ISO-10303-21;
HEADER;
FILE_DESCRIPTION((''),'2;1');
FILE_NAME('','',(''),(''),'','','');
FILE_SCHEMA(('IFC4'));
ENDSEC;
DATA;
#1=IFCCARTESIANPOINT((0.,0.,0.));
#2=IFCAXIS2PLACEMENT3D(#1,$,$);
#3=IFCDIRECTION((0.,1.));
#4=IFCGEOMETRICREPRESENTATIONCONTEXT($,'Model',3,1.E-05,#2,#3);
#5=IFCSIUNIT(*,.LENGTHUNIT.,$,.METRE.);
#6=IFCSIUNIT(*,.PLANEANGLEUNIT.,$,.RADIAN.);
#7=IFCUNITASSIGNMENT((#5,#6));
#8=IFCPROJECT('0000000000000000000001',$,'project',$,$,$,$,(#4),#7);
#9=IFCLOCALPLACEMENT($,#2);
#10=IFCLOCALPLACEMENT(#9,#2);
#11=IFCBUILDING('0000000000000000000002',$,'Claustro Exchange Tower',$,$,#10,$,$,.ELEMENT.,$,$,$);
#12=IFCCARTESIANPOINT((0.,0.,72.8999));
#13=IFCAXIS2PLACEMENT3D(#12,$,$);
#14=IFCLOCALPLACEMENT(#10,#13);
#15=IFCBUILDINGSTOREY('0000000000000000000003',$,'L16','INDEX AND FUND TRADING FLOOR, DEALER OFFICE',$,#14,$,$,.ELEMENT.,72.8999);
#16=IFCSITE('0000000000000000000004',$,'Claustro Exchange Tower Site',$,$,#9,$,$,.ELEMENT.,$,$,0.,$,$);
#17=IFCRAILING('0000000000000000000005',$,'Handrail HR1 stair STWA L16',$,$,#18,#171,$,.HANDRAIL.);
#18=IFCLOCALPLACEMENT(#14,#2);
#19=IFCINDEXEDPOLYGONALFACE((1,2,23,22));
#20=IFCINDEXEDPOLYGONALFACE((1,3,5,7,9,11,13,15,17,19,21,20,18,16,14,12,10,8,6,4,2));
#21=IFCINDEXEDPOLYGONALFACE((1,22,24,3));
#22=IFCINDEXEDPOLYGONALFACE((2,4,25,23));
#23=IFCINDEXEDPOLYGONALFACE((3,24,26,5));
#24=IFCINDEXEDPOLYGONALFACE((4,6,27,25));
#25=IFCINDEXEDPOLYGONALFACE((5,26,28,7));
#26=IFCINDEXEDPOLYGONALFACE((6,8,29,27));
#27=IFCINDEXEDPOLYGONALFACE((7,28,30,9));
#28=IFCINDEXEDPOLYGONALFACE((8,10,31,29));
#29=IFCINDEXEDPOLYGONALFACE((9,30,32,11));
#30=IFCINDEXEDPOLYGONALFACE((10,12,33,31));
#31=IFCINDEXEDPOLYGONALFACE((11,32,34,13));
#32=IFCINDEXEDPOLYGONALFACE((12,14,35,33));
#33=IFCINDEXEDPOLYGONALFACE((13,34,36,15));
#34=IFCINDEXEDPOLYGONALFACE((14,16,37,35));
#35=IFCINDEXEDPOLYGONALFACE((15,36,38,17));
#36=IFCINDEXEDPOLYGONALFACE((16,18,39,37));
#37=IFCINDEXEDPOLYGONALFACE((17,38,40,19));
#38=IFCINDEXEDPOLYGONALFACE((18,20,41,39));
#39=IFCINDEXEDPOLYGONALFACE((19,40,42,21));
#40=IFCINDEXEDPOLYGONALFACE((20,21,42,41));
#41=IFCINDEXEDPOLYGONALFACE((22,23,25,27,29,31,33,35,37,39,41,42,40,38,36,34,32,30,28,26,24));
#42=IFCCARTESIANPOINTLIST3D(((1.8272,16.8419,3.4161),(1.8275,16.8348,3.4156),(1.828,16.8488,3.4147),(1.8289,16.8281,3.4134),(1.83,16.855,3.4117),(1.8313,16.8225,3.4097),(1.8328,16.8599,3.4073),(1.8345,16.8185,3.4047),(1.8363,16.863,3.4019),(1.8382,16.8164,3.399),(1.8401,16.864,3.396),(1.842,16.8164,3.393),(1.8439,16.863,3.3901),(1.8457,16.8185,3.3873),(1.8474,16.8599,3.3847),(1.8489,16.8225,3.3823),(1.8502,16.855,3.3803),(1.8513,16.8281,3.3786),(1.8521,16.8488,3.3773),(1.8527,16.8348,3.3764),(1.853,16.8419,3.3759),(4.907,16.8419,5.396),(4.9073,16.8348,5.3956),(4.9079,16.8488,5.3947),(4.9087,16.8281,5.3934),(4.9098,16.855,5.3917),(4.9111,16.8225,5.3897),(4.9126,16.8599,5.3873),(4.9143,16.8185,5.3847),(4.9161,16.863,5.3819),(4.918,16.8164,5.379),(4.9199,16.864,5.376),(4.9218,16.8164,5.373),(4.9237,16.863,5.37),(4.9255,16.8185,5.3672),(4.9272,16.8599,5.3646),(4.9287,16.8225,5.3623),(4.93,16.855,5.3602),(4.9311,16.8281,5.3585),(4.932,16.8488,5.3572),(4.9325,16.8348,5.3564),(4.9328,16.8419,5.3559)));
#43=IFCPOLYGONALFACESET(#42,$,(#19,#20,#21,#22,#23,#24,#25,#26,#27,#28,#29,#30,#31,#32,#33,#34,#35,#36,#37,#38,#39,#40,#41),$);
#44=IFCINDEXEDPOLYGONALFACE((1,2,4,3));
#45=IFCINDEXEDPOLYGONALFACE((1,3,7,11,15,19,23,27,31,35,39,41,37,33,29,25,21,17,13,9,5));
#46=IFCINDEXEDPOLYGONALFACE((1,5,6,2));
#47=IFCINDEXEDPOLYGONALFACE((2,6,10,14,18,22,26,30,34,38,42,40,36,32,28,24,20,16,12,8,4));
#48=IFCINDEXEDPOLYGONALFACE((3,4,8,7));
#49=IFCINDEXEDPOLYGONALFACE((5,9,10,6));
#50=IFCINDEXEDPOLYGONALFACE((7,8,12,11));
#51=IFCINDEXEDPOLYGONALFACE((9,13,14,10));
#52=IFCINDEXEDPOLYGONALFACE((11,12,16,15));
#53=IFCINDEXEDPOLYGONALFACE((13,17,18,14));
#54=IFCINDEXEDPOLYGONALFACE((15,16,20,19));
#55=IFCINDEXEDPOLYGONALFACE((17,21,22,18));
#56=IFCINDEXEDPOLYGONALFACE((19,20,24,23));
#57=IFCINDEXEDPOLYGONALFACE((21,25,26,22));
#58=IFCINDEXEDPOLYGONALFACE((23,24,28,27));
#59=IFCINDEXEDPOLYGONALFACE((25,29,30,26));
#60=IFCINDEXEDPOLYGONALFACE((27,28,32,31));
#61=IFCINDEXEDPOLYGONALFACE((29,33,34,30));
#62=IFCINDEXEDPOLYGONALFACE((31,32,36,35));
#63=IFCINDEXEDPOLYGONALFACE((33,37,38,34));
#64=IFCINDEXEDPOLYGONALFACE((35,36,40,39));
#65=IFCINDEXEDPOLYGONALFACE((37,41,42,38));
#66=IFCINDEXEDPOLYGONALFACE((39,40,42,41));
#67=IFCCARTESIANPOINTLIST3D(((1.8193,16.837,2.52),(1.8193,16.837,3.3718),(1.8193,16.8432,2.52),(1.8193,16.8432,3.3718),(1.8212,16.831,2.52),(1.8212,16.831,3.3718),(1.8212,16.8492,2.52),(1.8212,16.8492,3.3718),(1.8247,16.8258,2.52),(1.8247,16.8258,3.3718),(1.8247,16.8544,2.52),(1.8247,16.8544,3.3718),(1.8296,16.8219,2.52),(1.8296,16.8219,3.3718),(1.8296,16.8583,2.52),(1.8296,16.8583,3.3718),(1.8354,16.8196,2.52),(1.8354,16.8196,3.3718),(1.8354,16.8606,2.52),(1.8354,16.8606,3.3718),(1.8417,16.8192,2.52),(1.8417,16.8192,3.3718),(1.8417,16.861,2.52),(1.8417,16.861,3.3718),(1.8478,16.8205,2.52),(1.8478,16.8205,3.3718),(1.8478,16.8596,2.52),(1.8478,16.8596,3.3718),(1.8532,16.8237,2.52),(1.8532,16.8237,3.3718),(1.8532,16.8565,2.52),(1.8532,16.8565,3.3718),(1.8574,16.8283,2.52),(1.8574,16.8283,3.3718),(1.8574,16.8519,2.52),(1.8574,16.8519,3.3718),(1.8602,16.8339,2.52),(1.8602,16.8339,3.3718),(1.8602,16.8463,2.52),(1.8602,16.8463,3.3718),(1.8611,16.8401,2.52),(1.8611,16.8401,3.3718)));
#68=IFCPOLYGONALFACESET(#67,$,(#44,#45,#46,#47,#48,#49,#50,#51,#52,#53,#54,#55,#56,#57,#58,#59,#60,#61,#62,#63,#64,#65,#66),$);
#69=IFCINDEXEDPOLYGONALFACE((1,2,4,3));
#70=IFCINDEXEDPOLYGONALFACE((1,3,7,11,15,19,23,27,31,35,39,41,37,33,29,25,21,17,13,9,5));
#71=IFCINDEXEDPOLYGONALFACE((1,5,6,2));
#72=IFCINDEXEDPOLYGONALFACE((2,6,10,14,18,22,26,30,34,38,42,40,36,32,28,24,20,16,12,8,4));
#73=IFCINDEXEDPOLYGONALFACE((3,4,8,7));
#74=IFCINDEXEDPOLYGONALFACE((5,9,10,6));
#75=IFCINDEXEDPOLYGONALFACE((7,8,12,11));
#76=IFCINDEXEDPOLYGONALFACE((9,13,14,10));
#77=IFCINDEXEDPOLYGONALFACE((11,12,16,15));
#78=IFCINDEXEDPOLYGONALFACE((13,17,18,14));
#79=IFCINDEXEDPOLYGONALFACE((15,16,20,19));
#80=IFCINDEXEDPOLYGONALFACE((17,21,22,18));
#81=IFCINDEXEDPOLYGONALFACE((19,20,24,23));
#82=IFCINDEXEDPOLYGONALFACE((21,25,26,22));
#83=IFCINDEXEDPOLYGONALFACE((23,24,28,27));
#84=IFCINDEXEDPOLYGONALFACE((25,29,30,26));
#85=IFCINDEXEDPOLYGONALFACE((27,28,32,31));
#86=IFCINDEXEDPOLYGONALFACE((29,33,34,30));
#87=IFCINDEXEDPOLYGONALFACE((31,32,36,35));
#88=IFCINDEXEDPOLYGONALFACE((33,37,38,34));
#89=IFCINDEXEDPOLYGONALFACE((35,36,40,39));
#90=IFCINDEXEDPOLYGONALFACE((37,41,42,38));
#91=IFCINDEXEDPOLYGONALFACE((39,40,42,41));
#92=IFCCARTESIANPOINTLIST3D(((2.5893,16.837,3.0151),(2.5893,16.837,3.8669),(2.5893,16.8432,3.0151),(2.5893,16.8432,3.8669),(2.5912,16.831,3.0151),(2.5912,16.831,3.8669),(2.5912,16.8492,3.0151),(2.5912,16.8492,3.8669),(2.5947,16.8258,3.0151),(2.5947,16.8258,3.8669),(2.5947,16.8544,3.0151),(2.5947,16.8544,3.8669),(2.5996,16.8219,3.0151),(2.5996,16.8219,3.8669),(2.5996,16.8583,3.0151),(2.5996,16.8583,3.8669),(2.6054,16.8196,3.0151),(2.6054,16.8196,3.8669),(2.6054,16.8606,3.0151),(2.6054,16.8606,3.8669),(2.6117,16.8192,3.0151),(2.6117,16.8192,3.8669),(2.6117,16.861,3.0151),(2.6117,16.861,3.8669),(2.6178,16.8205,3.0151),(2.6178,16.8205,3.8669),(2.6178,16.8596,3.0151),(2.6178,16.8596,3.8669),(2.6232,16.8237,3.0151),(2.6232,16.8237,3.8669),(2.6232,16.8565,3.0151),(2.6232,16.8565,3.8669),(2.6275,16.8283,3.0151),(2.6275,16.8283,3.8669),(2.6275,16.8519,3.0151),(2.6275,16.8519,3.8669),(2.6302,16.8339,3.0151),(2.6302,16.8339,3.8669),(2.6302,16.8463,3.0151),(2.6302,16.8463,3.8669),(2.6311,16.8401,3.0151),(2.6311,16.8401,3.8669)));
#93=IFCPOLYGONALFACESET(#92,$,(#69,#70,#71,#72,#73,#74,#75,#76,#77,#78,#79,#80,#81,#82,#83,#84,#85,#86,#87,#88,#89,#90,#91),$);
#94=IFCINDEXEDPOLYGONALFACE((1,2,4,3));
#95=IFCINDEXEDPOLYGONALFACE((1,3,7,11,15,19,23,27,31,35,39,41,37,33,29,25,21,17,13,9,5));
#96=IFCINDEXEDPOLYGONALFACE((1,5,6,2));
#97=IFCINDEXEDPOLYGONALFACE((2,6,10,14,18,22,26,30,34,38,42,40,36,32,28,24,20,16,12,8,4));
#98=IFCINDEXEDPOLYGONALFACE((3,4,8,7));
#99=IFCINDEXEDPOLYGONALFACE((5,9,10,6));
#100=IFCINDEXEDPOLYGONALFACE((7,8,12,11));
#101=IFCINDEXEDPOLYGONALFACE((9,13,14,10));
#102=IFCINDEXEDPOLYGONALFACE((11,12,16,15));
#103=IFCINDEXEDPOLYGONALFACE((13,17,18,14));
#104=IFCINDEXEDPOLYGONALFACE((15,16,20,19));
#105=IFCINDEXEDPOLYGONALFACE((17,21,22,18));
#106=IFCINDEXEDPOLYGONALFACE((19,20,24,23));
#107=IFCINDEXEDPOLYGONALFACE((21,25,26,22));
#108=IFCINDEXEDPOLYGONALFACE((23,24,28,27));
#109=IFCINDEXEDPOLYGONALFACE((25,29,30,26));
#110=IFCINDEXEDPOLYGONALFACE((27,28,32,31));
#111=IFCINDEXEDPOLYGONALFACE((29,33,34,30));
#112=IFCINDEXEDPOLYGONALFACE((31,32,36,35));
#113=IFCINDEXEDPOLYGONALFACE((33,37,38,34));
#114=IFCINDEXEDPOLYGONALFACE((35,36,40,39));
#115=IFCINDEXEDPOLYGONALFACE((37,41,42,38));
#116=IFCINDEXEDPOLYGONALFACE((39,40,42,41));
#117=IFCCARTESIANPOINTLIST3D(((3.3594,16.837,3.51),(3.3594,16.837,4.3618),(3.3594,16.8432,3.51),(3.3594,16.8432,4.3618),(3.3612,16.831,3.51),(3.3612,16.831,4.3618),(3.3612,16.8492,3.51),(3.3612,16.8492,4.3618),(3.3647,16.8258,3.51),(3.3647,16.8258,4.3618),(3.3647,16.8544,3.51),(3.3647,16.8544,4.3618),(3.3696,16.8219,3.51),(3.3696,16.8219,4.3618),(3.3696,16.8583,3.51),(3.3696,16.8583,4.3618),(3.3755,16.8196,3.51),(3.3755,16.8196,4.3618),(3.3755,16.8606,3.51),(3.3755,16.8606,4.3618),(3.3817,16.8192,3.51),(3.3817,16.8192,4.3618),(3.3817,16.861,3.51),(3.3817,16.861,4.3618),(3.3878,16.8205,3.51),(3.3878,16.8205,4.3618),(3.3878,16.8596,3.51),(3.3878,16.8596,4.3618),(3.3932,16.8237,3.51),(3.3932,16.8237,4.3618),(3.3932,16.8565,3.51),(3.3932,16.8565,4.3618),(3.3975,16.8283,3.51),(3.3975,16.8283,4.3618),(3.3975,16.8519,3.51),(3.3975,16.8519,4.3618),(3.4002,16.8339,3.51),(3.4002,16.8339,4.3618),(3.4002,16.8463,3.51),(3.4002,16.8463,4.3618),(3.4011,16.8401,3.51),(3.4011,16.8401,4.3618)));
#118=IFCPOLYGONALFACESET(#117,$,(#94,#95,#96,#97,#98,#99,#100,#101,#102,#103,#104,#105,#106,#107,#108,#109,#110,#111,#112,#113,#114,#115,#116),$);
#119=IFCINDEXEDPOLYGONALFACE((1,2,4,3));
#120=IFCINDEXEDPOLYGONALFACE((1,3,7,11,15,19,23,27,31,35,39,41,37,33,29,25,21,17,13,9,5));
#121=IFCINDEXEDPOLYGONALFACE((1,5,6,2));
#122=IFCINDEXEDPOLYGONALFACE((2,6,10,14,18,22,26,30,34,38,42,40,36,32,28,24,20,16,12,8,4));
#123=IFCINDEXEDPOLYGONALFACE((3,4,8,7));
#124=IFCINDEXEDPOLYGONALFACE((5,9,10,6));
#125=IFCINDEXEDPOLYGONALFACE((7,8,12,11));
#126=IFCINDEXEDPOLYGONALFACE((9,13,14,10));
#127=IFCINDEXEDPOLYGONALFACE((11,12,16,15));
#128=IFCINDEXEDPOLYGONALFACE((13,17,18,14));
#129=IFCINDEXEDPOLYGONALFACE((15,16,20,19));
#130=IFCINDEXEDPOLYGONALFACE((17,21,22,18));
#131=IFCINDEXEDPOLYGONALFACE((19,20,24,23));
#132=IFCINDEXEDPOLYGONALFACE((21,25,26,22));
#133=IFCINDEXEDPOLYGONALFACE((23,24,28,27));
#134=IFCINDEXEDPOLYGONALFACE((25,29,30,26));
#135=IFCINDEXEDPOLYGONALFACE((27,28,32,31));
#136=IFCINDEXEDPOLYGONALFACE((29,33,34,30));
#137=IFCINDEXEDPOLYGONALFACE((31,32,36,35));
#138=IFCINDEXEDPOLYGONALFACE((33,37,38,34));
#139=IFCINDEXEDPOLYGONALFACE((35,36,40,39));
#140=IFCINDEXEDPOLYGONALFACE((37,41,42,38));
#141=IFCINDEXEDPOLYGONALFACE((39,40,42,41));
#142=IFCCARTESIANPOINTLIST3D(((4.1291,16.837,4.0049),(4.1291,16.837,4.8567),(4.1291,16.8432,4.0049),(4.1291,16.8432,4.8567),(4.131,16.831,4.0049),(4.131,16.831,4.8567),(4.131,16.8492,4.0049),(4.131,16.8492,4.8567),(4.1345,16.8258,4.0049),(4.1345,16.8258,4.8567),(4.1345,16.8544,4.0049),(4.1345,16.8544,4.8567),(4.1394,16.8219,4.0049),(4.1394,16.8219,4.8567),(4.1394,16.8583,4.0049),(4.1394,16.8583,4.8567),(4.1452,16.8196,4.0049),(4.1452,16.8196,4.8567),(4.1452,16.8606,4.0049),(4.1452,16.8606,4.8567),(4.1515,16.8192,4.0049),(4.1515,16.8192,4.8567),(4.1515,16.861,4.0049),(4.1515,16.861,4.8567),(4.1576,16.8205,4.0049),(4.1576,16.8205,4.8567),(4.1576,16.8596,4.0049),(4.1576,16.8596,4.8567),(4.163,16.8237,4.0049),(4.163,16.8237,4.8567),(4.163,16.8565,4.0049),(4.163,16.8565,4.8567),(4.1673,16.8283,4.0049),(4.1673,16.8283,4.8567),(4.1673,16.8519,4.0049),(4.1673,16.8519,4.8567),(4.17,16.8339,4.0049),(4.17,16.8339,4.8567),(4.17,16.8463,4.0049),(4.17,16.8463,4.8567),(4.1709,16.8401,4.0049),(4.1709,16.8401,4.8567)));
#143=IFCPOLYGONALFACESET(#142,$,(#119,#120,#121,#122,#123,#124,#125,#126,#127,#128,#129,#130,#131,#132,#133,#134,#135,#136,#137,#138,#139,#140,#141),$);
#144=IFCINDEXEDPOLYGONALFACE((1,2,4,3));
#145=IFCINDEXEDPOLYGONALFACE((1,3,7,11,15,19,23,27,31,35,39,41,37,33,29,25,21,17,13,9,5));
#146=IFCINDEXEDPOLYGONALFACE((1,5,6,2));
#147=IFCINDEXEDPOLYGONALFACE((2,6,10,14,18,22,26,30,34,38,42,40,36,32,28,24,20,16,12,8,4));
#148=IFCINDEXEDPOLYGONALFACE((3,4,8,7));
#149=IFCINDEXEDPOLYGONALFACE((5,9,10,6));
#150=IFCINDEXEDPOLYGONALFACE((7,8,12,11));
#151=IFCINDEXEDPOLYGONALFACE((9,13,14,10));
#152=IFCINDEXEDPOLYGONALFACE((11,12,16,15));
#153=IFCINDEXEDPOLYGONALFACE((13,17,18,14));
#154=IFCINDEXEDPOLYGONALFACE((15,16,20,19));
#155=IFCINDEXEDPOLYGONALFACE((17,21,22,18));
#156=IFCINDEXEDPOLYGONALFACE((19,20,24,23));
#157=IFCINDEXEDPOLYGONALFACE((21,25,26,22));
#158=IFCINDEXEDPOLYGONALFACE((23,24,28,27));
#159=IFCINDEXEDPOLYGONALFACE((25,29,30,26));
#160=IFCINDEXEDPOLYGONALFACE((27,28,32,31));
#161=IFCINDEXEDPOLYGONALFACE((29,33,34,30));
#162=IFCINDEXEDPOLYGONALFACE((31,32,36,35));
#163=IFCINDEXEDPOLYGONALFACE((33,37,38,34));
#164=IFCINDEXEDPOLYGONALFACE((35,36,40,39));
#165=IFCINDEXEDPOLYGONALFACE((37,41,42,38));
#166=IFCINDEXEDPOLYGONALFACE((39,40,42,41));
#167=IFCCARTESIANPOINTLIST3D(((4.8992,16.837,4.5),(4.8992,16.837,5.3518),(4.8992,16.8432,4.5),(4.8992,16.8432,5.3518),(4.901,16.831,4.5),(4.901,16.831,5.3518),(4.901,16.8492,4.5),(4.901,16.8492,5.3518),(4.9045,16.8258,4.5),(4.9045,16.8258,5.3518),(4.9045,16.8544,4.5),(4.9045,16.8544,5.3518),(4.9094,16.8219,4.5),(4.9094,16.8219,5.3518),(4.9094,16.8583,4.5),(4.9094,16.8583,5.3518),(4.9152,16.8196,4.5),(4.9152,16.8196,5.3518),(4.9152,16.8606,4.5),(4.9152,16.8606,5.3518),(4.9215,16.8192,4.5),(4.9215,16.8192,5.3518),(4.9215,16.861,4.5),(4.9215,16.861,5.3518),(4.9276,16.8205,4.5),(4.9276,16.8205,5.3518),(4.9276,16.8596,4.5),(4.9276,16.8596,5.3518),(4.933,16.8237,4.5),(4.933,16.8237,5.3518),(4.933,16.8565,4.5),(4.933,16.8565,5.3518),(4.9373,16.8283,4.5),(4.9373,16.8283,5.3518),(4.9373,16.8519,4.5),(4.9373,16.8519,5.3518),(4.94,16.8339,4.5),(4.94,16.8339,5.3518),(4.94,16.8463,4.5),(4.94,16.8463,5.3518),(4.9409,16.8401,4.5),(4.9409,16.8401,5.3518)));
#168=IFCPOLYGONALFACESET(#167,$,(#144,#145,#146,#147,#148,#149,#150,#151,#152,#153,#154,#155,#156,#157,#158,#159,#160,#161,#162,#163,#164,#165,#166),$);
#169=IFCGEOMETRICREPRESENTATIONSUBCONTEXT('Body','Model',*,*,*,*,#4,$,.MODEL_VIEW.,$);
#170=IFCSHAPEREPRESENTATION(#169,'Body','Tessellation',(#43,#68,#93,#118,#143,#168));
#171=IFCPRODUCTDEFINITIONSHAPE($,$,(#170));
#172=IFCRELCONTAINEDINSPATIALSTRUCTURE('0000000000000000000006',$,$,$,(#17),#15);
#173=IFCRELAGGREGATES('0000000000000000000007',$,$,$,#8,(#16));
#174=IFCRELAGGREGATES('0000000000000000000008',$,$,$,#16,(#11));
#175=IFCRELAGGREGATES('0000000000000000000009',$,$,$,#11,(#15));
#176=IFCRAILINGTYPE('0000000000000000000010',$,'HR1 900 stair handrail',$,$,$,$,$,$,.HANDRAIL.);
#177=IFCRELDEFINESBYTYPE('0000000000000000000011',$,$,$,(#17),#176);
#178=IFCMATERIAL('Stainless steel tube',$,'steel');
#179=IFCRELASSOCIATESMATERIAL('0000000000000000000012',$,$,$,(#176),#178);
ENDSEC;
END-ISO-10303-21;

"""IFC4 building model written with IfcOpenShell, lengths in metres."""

from ifc_helpers import new_model, si_unit, direction, frame, origin, origin_2d, place, context, subcontext, project, spatial, circle, extrude, material, type_object, element, save


model = new_model("IFC4")

# Units and contexts
model_context = context("Model", 3, precision=1e-05, world=origin(), true_north=direction((0.0, 1.0)))
body_context = subcontext(model_context, "Body", "Model", "MODEL_VIEW")
ifc_project = project(units=[si_unit("LENGTHUNIT", "METRE"), si_unit("PLANEANGLEUNIT", "RADIAN")], contexts=[model_context])

# Site, building, storey
site_placement = place(None, origin())
site = spatial("IfcSite", under=ifc_project, at=site_placement, Name="Claustro Exchange Tower Site", CompositionType="ELEMENT", RefElevation=0.0)
building_placement = place(site_placement, origin())
building = spatial("IfcBuilding", under=site, at=building_placement, Name="Claustro Exchange Tower", CompositionType="ELEMENT")
storey_placement = place(building_placement, frame((0.0, 0.0, 72.8999)))
storey = spatial("IfcBuildingStorey", under=building, at=storey_placement, Name="L16", Description="INDEX AND FUND TRADING FLOOR, DEALER OFFICE", CompositionType="ELEMENT", Elevation=72.8999)

# Railing
ifc_material_1 = material(Name="Stainless steel tube", Category="steel")
railing_type = type_object("IfcRailingType", Name="HR1 900 stair handrail", PredefinedType="HANDRAIL", material=ifc_material_1)
railing_placement = place(storey_placement, frame((1.8401, 16.8401, 2.52)))
element("IfcRailing", 1, at=railing_placement, inside=storey, type_object=railing_type, Name="Handrail HR1 stair STWA L16", PredefinedType="HANDRAIL", context=body_context, shape_type="SweptSolid", body=[
    extrude(circle(Radius=0.0239, at=origin_2d()), frame((0.0, 0.0, 0.876), z_axis=(0.841168, 0.0, 0.540774), x_axis=(0.0, 1.0, 0.0)), (0.0, 0.0, 1.0), 3.6614),
    extrude(circle(Radius=0.021, at=origin_2d()), origin(), (0.0, 0.0, 1.0), 0.8518),
    extrude(circle(Radius=0.021, at=origin_2d()), frame((0.77, 0.0, 0.4951)), (0.0, 0.0, 1.0), 0.8518),
    extrude(circle(Radius=0.021, at=origin_2d()), frame((1.54, 0.0, 0.99)), (0.0, 0.0, 1.0), 0.8518),
    extrude(circle(Radius=0.021, at=origin_2d()), frame((2.3098, 0.0, 1.4849)), (0.0, 0.0, 1.0), 0.8518),
    extrude(circle(Radius=0.021, at=origin_2d()), frame((3.0798, 0.0, 1.98)), (0.0, 0.0, 1.0), 0.8518),
])

save(model, "model.ifc")
